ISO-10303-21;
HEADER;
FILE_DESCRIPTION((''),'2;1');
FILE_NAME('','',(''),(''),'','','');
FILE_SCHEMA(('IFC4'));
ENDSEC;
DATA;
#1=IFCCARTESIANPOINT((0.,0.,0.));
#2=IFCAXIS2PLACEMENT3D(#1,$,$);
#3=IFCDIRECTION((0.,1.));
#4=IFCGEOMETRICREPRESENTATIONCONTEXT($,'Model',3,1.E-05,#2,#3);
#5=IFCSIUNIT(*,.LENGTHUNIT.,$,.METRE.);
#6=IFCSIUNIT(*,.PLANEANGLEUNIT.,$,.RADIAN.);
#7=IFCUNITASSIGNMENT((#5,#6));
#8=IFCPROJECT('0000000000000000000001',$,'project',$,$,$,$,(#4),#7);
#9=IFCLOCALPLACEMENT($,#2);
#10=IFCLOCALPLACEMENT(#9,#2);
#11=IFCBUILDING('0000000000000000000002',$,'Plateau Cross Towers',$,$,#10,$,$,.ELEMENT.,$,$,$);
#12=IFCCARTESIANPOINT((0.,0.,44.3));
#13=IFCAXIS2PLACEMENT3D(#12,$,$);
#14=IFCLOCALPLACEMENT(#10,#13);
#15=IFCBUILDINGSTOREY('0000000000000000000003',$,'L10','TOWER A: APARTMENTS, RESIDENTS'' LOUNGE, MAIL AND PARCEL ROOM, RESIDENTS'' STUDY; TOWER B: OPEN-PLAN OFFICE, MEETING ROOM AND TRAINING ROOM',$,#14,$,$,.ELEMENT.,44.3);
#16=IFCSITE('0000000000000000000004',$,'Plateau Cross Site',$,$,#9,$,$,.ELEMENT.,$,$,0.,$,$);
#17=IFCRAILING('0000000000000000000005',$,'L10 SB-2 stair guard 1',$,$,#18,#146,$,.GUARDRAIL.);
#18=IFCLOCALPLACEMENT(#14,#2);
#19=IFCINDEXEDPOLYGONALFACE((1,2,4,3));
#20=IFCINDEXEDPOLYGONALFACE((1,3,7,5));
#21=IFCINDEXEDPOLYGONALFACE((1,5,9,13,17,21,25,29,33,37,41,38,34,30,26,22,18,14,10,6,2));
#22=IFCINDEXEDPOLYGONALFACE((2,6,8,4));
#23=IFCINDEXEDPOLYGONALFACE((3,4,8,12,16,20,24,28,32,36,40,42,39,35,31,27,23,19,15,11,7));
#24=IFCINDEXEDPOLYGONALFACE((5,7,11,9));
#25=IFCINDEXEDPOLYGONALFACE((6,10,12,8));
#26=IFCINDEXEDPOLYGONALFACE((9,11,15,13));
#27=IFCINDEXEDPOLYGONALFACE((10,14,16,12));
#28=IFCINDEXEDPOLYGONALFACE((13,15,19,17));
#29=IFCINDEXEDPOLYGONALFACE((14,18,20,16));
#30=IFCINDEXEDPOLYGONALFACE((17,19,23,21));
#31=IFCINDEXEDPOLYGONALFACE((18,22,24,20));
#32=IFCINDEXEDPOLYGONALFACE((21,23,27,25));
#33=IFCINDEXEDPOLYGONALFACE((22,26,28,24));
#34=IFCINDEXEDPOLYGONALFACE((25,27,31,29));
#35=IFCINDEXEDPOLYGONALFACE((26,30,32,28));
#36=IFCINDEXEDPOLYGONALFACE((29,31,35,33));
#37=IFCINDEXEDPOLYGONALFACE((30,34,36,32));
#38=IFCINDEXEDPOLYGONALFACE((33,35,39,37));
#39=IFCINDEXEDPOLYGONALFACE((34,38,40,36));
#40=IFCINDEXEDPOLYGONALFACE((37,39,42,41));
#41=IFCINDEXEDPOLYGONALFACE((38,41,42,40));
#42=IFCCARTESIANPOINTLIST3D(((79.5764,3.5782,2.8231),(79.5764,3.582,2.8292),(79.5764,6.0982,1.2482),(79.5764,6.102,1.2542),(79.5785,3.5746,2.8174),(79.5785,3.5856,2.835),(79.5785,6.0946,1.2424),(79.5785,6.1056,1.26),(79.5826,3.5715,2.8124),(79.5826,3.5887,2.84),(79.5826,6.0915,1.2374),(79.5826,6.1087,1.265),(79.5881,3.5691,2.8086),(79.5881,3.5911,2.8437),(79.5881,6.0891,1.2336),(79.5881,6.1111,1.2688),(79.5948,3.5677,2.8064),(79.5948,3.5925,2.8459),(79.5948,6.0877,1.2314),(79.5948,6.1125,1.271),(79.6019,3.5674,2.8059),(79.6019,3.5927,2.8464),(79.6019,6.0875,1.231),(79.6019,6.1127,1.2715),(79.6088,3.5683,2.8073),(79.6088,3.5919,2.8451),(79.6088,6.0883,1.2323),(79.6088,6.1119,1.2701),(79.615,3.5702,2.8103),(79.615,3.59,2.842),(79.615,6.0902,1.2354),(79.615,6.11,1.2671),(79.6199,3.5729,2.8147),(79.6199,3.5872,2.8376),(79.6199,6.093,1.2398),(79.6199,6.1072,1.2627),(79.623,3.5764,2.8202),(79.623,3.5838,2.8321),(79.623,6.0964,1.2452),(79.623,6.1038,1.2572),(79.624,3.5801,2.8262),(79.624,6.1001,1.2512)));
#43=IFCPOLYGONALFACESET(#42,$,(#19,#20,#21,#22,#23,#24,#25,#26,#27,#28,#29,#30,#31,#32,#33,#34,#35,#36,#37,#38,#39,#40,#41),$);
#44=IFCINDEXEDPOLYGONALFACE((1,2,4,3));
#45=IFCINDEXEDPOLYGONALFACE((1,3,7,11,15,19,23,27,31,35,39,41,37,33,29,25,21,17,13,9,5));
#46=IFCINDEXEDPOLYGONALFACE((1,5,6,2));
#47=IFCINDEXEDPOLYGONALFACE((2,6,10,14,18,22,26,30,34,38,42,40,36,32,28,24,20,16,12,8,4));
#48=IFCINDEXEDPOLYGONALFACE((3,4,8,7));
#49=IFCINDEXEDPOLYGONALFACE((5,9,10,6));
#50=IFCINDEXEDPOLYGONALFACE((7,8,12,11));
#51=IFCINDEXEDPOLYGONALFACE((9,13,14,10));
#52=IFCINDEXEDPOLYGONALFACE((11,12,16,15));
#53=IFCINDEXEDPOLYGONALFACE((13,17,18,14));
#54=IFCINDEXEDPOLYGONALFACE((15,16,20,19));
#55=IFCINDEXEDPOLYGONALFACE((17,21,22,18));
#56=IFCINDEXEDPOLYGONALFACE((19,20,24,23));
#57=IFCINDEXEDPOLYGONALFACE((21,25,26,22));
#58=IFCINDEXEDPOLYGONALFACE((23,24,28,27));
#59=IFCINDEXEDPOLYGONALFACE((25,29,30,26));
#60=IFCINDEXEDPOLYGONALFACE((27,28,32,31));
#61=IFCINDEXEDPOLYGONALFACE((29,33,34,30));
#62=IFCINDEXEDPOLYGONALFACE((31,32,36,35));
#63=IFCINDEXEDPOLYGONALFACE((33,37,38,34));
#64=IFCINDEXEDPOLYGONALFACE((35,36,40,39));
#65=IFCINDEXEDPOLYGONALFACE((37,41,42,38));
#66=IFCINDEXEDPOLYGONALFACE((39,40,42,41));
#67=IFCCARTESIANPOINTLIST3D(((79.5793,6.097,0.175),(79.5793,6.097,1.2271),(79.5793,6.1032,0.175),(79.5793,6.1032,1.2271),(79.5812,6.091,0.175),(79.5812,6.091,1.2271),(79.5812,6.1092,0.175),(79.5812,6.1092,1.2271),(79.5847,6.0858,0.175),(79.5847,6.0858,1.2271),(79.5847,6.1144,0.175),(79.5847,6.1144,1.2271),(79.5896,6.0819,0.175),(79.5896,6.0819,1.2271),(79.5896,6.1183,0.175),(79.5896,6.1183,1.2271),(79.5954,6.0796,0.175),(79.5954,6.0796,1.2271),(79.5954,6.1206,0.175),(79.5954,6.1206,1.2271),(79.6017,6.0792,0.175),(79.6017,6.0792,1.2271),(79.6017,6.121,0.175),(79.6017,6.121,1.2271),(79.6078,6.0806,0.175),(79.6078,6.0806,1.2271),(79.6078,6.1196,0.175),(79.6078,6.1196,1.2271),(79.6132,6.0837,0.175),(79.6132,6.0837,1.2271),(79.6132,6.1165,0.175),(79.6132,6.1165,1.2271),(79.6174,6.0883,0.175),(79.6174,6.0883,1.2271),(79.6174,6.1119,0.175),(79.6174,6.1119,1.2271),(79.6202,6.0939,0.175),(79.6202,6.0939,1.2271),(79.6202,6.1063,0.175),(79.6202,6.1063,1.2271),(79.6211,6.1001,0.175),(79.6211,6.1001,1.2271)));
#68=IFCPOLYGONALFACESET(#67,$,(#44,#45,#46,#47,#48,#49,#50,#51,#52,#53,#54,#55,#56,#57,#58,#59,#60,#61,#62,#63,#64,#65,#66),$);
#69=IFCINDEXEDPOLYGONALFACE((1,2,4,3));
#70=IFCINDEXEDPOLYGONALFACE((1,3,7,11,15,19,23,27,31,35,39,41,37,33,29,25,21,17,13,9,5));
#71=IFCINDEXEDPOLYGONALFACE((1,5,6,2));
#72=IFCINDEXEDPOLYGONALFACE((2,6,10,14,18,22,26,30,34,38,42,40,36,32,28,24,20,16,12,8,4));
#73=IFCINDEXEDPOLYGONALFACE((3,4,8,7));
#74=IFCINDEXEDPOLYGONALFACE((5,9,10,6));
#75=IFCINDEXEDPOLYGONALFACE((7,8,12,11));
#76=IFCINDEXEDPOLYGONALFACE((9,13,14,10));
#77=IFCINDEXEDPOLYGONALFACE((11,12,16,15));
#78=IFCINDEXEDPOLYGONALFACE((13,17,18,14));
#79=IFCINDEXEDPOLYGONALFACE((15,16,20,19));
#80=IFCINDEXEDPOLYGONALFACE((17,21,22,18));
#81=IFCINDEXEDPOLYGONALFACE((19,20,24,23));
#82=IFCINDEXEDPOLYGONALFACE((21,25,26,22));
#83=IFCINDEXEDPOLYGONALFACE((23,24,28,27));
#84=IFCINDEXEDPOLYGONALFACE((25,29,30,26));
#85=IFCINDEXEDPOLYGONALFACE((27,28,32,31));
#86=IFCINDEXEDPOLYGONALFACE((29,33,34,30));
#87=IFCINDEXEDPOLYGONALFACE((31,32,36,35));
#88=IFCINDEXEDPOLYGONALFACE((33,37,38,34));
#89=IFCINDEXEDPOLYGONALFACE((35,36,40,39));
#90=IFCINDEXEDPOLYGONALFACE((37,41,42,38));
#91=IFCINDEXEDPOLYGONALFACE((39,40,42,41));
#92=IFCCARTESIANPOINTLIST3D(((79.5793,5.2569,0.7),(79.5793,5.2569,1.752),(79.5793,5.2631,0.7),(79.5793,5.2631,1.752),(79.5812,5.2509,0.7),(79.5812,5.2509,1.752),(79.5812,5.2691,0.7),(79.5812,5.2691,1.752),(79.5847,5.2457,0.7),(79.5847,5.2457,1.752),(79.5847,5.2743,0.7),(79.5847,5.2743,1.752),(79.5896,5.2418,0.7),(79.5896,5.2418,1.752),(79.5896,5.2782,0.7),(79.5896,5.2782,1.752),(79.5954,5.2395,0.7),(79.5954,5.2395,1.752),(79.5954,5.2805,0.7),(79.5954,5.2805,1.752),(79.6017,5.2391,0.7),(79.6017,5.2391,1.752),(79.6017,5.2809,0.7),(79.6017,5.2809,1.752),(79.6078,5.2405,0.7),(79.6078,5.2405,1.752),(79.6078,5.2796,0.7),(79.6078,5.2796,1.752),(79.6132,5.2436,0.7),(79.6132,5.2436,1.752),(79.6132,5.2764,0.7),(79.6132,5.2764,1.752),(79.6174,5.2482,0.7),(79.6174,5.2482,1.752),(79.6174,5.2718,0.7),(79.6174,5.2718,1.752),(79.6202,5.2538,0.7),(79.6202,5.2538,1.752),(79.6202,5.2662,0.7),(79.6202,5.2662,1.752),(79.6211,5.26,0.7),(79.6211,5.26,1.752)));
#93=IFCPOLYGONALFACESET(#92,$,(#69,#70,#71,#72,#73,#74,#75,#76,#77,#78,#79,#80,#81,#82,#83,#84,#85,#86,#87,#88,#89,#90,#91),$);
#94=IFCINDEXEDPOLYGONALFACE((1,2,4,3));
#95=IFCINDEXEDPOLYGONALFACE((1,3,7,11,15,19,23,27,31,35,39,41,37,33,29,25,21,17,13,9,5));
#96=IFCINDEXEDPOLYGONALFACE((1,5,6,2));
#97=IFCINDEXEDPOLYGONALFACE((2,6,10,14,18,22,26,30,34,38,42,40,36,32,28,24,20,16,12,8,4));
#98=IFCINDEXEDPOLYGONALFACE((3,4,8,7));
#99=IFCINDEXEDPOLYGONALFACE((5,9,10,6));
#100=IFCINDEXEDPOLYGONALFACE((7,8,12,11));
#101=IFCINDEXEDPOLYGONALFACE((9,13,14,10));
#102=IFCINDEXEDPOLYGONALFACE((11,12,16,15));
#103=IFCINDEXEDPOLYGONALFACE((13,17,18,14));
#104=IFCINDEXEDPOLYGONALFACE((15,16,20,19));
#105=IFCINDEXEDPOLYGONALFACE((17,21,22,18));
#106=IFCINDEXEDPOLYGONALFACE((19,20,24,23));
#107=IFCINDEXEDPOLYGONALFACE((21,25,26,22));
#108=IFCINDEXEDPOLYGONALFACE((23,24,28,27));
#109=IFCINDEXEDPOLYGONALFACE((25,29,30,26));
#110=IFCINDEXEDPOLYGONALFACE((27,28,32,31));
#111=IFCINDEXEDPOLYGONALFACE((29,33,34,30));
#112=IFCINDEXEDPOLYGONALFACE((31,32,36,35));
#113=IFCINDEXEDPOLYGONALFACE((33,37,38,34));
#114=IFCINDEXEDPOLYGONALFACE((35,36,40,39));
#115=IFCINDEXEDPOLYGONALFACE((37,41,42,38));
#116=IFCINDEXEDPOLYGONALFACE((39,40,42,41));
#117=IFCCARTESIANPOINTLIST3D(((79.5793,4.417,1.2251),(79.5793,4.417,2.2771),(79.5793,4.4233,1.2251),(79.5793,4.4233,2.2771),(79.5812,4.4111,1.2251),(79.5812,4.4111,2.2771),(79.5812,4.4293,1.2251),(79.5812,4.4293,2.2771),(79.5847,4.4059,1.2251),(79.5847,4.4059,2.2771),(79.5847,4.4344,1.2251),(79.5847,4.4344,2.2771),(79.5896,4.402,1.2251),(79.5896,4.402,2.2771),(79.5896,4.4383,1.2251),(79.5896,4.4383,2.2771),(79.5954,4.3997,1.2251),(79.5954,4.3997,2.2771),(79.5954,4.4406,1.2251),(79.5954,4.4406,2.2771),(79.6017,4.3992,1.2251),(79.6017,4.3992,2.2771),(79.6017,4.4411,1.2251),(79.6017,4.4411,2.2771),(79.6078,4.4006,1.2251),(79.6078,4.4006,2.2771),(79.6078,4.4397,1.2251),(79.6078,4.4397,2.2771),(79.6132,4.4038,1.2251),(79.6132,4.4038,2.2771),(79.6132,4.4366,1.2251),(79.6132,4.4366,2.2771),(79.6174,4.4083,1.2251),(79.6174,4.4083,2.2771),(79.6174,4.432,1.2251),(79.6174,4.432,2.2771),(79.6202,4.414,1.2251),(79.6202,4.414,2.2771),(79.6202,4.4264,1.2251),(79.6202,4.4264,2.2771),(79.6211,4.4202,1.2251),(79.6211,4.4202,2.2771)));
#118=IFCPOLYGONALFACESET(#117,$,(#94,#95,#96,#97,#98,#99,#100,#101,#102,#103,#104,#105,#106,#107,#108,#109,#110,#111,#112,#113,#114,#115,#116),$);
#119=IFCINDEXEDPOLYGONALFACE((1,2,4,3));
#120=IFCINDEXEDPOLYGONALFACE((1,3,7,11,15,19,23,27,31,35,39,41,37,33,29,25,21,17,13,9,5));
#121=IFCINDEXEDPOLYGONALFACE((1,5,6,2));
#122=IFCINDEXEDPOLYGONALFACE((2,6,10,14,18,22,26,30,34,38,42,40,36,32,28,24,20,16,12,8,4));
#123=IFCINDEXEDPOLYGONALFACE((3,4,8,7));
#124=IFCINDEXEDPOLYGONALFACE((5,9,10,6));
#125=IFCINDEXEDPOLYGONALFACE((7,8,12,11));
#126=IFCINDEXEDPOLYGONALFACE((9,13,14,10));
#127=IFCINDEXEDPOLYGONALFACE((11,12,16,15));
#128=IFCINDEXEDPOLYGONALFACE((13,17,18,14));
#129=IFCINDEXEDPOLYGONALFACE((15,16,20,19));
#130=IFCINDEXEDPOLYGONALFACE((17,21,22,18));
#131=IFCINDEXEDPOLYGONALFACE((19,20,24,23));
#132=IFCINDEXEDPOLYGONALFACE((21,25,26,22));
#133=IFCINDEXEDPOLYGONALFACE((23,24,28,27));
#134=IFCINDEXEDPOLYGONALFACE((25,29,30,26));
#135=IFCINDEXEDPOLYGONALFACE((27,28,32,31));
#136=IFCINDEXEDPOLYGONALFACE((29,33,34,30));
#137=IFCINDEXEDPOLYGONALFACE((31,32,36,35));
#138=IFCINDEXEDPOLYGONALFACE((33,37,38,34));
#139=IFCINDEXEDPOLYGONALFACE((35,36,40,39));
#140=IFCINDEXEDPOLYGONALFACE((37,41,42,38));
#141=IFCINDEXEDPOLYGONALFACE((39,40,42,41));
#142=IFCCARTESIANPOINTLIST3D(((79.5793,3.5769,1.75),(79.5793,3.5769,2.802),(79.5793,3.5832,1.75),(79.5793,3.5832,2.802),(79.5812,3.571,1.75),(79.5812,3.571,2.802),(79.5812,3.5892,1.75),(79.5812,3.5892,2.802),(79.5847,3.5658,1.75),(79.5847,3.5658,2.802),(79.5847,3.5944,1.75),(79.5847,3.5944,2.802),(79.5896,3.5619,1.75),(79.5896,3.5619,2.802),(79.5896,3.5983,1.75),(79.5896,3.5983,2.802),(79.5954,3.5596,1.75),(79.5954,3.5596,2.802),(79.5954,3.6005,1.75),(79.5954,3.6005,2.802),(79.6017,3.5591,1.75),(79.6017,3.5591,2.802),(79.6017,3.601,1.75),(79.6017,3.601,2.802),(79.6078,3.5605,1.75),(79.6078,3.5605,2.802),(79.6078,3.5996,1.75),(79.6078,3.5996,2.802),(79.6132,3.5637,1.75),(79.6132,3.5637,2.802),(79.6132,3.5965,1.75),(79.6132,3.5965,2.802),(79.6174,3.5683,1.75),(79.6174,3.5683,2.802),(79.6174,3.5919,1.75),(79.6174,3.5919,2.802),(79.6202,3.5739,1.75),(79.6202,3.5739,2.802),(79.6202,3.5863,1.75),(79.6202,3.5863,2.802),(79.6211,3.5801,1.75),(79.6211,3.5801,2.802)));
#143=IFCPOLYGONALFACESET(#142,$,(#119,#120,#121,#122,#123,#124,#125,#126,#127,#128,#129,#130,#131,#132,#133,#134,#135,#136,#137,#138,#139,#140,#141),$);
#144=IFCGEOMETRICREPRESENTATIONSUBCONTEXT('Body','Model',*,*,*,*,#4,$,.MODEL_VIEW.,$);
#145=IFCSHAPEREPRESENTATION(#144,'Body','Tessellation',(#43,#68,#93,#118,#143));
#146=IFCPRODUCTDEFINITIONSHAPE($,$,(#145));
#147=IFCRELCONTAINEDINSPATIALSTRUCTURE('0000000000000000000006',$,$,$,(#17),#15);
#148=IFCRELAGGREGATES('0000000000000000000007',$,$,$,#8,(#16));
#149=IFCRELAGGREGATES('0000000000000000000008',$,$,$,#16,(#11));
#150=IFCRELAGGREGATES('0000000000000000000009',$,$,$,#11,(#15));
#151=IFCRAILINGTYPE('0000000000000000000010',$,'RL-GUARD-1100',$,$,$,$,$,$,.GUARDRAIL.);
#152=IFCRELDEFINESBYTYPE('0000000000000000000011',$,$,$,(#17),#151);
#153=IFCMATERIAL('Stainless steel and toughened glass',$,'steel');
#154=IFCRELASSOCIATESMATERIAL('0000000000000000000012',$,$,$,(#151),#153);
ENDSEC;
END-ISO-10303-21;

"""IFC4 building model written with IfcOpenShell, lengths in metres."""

from ifc_helpers import new_model, si_unit, direction, frame, origin, origin_2d, place, context, subcontext, project, spatial, circle, extrude, material, type_object, element, save


model = new_model("IFC4")

# Units and contexts
model_context = context("Model", 3, precision=1e-05, world=origin(), true_north=direction((0.0, 1.0)))
body_context = subcontext(model_context, "Body", "Model", "MODEL_VIEW")
ifc_project = project(units=[si_unit("LENGTHUNIT", "METRE"), si_unit("PLANEANGLEUNIT", "RADIAN")], contexts=[model_context])

# Site, building, storey
site_placement = place(None, origin())
site = spatial("IfcSite", under=ifc_project, at=site_placement, Name="Plateau Cross Site", CompositionType="ELEMENT", RefElevation=0.0)
building_placement = place(site_placement, origin())
building = spatial("IfcBuilding", under=site, at=building_placement, Name="Plateau Cross Towers", CompositionType="ELEMENT")
storey_placement = place(building_placement, frame((0.0, 0.0, 44.3)))
storey = spatial("IfcBuildingStorey", under=building, at=storey_placement, Name="L10", Description="TOWER A: APARTMENTS, RESIDENTS' LOUNGE, MAIL AND PARCEL ROOM, RESIDENTS' STUDY; TOWER B: OPEN-PLAN OFFICE, MEETING ROOM AND TRAINING ROOM", CompositionType="ELEMENT", Elevation=44.3)

# Railing
ifc_material_1 = material(Name="Stainless steel and toughened glass", Category="steel")
railing_type_1 = type_object("IfcRailingType", Name="RL-GUARD-1100", PredefinedType="GUARDRAIL", material=ifc_material_1)
railing_1_placement = place(storey_placement, frame((79.6001, 6.1001, 0.175)))
element("IfcRailing", 1, at=railing_1_placement, inside=storey, type_object=railing_type_1, Name="L10 SB-2 stair guard 1", PredefinedType="GUARDRAIL", context=body_context, shape_type="SweptSolid", body=[
    extrude(circle(Radius=0.0239, at=origin_2d()), frame((0.0, 0.0, 1.0762), z_axis=(0.0, -0.848008, 0.529984), x_axis=(1.0, 0.0, 0.0)), (0.0, 0.0, 1.0), 2.9717),
    extrude(circle(Radius=0.021, at=origin_2d()), origin(), (0.0, 0.0, 1.0), 1.052),
    extrude(circle(Radius=0.021, at=origin_2d()), frame((0.0, -0.8401, 0.5249)), (0.0, 0.0, 1.0), 1.052),
    extrude(circle(Radius=0.021, at=origin_2d()), frame((0.0, -1.6799, 1.05)), (0.0, 0.0, 1.0), 1.052),
    extrude(circle(Radius=0.021, at=origin_2d()), frame((0.0, -2.52, 1.575)), (0.0, 0.0, 1.0), 1.052),
])

save(model, "model.ifc")
